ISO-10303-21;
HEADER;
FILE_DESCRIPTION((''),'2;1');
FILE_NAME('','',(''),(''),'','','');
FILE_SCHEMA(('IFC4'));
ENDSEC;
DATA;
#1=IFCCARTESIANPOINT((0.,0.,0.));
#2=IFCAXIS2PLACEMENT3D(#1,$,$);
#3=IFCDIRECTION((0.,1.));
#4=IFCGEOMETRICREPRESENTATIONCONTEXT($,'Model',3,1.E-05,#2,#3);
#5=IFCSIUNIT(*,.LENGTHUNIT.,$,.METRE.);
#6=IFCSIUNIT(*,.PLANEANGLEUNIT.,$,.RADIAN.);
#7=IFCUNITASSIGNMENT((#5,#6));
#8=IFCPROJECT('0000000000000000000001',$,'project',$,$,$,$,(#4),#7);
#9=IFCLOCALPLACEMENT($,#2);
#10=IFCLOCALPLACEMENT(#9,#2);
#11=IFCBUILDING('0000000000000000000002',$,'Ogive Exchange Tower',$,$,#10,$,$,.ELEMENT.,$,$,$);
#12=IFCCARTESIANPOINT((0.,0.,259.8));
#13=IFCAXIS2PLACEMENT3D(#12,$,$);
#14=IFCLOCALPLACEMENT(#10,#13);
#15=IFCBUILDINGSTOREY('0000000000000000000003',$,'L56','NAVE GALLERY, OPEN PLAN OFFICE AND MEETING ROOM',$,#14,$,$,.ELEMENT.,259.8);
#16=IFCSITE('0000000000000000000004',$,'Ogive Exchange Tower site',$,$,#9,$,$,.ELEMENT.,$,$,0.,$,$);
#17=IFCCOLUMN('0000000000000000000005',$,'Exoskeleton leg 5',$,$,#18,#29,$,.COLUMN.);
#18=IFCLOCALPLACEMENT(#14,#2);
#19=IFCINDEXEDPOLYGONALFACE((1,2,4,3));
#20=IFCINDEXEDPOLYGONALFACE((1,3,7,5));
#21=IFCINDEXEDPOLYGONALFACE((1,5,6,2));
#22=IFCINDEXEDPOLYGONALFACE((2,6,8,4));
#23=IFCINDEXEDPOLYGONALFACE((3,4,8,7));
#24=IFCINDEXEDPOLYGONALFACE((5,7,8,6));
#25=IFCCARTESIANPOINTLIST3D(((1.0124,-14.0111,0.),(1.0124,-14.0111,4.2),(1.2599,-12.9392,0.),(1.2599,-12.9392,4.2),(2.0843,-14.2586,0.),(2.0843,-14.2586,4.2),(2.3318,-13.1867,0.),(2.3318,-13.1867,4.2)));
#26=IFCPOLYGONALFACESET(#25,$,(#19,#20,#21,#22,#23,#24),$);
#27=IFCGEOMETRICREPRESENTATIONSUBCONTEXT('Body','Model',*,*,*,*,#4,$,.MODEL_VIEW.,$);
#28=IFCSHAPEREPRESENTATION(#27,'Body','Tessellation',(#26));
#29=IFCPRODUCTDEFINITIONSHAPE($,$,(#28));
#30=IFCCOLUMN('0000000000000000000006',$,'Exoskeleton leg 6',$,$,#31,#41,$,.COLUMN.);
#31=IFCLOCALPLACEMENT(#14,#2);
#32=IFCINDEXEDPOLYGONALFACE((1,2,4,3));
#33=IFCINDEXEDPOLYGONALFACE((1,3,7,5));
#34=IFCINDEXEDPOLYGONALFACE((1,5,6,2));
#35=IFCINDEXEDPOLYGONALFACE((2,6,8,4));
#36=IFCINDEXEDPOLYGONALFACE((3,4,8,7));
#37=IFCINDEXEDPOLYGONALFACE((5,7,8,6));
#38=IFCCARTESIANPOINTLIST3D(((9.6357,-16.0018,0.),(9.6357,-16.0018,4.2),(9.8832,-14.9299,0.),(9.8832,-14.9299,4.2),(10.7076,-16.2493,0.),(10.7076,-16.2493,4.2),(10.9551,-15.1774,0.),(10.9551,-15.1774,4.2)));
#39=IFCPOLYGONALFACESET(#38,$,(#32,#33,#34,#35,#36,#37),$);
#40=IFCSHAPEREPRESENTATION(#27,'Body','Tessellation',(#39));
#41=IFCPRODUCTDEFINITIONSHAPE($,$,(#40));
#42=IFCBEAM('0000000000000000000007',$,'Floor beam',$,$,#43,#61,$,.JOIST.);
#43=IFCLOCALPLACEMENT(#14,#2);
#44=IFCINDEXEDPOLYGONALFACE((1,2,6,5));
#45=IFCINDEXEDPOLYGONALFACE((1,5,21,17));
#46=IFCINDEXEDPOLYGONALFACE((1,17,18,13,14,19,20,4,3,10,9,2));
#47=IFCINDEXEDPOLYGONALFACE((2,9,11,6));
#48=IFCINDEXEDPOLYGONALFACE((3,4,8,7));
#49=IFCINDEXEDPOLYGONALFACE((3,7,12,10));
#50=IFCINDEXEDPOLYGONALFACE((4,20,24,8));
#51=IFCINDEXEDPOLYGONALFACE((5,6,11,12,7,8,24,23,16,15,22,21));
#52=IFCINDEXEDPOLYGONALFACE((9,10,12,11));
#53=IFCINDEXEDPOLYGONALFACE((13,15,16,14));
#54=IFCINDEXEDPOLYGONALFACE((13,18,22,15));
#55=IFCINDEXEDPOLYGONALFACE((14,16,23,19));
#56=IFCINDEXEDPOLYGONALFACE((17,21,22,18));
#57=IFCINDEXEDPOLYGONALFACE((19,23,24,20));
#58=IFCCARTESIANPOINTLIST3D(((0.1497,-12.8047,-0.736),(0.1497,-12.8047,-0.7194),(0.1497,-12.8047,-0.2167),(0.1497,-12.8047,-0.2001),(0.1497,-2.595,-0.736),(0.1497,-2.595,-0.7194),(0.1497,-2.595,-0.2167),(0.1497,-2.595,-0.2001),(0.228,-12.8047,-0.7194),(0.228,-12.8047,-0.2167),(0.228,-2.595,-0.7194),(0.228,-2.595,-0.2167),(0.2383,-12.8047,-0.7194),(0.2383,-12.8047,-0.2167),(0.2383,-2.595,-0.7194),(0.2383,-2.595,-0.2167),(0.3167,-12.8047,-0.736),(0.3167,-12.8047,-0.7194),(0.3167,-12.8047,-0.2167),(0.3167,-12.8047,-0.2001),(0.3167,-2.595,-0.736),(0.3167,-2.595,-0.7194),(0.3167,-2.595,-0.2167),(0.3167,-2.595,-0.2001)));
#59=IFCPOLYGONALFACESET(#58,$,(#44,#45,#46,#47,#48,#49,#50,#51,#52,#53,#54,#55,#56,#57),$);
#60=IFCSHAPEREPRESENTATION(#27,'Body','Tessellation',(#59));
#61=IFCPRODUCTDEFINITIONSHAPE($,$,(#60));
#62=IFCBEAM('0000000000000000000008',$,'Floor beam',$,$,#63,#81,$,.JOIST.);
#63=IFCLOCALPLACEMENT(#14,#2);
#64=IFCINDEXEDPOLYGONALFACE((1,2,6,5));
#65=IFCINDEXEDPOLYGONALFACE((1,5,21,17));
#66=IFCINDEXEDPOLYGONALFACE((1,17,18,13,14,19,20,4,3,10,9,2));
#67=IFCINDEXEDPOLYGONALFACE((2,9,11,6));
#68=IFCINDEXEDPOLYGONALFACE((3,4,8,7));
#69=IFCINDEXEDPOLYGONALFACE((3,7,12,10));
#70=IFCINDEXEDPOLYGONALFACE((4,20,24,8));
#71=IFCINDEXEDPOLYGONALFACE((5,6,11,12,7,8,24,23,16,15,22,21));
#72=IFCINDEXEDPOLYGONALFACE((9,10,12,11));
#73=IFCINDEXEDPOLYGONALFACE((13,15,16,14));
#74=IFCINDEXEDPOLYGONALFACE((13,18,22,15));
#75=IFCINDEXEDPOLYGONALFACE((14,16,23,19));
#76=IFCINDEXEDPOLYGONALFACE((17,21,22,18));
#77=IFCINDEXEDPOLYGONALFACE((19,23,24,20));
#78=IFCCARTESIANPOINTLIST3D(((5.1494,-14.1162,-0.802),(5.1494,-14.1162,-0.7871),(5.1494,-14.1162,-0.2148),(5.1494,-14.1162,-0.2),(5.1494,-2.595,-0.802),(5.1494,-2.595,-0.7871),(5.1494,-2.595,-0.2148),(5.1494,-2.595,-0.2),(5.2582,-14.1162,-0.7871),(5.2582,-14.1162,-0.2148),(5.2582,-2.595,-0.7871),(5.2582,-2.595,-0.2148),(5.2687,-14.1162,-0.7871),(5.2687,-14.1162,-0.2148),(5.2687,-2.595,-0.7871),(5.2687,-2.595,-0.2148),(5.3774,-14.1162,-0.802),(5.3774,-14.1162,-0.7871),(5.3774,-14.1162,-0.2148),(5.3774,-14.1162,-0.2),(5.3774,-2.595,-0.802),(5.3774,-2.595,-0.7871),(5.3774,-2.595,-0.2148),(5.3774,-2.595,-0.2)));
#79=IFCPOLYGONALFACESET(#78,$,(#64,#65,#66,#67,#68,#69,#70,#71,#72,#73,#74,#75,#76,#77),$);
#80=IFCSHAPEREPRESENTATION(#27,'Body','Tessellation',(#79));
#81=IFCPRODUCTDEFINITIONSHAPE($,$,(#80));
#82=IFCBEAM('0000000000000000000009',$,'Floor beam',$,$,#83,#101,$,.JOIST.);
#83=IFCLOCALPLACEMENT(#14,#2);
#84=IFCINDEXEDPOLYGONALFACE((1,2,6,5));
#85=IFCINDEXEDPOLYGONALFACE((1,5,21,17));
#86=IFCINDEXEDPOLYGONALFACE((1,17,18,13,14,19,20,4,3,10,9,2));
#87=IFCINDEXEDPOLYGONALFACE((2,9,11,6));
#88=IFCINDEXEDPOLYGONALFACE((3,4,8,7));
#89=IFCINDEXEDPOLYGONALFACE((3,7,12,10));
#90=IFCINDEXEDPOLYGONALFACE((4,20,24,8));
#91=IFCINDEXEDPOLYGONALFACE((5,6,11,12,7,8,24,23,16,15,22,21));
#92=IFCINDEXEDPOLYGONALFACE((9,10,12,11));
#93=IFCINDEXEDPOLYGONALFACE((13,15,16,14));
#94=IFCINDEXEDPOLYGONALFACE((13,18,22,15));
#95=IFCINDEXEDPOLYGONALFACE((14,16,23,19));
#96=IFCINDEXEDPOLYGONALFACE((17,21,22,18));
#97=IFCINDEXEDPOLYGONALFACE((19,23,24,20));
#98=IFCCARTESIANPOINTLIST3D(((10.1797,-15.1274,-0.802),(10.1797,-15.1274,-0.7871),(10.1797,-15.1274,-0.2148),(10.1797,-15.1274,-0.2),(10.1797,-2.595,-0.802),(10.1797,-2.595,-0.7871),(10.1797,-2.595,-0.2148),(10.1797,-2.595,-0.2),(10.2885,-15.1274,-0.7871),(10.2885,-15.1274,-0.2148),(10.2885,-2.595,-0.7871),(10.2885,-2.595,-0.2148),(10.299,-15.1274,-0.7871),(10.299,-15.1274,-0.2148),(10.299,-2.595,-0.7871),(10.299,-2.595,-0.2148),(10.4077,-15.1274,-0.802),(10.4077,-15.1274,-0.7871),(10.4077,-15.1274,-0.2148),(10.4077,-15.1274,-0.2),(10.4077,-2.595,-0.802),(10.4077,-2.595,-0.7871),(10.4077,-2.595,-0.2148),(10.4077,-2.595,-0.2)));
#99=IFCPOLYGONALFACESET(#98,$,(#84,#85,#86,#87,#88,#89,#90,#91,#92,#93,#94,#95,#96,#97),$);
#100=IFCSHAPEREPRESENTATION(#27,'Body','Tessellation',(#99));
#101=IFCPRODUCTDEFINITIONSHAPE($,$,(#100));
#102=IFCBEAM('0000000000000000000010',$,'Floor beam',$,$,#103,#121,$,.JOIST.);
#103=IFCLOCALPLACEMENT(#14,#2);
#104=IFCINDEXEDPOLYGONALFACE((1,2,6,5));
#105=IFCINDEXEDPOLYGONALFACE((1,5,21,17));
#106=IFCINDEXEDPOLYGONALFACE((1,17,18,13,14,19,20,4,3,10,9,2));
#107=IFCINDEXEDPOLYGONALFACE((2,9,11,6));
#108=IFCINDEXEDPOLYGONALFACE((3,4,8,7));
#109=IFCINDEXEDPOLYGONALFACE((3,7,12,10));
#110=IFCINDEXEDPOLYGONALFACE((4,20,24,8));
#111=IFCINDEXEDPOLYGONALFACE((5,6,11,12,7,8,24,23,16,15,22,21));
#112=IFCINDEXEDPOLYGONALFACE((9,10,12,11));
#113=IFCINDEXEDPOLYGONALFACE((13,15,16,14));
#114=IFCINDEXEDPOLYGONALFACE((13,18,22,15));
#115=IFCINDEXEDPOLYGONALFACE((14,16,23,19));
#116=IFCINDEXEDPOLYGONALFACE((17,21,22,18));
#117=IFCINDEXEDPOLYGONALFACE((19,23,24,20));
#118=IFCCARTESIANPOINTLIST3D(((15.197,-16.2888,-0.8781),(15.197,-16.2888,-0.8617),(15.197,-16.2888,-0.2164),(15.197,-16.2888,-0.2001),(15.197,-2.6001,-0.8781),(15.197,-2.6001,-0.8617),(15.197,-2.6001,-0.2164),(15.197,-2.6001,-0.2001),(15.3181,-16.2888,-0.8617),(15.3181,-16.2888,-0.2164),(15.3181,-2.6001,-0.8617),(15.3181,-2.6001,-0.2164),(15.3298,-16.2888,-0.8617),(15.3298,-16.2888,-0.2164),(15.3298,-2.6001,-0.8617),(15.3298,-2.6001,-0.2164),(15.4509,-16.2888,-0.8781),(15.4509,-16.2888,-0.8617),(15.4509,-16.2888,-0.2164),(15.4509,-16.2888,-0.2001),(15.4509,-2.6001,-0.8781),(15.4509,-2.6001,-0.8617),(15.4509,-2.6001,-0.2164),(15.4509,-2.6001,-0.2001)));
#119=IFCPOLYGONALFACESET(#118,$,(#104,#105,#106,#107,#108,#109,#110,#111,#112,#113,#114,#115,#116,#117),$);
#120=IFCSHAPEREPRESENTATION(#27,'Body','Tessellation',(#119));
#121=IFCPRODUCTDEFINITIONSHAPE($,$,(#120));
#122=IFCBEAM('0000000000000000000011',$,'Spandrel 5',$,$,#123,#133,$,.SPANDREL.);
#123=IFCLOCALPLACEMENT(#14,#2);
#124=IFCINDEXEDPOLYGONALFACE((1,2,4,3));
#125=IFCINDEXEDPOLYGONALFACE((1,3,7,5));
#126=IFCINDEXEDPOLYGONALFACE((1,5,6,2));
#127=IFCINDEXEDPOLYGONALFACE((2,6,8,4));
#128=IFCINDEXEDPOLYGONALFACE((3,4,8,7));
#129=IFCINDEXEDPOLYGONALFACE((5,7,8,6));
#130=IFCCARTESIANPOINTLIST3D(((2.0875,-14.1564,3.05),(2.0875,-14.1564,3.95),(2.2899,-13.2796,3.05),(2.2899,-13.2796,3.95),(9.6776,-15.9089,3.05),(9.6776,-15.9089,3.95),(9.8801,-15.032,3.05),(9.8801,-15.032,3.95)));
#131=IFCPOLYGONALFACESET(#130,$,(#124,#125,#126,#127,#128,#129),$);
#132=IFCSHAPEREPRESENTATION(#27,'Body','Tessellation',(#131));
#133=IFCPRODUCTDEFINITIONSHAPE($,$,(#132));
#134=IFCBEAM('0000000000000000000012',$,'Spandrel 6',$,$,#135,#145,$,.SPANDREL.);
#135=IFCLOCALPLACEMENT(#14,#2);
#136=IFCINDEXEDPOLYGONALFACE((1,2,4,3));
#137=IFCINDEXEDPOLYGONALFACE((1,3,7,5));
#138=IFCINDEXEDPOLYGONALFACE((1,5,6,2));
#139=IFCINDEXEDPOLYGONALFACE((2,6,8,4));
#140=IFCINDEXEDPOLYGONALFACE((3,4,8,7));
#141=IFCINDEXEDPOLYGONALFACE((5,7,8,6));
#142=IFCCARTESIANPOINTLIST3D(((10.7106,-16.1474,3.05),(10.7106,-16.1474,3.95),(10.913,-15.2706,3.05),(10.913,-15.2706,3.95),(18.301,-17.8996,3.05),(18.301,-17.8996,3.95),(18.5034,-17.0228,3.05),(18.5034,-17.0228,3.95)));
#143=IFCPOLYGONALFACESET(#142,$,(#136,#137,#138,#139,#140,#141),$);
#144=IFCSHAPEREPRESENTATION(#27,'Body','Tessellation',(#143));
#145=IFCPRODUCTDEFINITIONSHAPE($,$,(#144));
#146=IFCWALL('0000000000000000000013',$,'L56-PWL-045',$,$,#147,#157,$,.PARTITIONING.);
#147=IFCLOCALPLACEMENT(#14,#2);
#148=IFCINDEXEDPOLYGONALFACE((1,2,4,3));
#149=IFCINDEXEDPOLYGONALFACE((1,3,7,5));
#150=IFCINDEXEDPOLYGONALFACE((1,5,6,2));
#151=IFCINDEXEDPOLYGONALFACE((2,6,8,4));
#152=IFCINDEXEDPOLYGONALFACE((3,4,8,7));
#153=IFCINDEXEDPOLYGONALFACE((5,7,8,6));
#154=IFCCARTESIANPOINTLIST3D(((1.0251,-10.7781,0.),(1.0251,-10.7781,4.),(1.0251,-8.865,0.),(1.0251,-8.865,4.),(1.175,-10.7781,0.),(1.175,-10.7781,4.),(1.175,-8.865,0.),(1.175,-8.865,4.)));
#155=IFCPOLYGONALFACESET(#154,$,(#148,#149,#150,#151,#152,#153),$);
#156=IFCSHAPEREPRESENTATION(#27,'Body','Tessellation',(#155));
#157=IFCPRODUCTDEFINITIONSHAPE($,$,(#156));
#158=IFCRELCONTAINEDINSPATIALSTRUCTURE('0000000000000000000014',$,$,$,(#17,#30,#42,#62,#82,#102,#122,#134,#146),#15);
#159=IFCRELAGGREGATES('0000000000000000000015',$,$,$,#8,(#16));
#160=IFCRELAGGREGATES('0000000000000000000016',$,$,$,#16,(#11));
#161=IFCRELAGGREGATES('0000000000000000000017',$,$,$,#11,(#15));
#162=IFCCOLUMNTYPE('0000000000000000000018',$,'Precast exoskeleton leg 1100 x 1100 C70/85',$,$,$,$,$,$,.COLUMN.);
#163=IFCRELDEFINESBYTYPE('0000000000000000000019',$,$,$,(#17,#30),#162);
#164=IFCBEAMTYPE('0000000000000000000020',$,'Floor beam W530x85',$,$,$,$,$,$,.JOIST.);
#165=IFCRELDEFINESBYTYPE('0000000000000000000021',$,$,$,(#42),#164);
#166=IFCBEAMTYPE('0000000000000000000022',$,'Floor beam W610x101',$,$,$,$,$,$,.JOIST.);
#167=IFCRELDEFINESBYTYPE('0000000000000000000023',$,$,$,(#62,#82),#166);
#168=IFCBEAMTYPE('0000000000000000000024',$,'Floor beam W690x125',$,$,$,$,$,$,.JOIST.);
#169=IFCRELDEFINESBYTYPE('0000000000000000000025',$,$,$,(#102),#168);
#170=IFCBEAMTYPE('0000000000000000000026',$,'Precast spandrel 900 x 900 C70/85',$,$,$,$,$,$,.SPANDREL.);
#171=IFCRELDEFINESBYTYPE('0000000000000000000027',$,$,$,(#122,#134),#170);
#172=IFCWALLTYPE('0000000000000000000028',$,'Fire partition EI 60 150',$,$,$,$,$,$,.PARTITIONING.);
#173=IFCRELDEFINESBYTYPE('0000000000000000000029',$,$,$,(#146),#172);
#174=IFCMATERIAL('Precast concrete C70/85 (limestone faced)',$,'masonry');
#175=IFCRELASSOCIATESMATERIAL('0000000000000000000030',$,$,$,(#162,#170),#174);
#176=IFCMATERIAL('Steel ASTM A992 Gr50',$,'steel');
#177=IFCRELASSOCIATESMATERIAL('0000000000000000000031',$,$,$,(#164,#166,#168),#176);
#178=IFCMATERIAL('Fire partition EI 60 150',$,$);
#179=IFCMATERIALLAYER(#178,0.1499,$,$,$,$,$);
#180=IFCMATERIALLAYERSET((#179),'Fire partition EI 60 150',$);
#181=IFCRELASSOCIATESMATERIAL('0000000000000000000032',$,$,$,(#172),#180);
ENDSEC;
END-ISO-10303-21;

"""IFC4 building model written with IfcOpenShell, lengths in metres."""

from ifc_helpers import new_model, si_unit, direction, frame, frame_2d, origin, origin_2d, place, context, subcontext, project, spatial, rectangle, i_section, extrude, material, layer, layer_set, material_profile, profile_set, type_object, element, save


model = new_model("IFC4")

# Units and contexts
model_context = context("Model", 3, precision=1e-05, world=origin(), true_north=direction((0.0, 1.0)))
body_context = subcontext(model_context, "Body", "Model", "MODEL_VIEW")
ifc_project = project(units=[si_unit("LENGTHUNIT", "METRE"), si_unit("PLANEANGLEUNIT", "RADIAN")], contexts=[model_context])

# Site, building, storey
site_placement = place(None, origin())
site = spatial("IfcSite", under=ifc_project, at=site_placement, Name="Ogive Exchange Tower site", CompositionType="ELEMENT", RefElevation=0.0)
building_placement = place(site_placement, origin())
building = spatial("IfcBuilding", under=site, at=building_placement, Name="Ogive Exchange Tower", CompositionType="ELEMENT")
storey_placement = place(building_placement, frame((0.0, 0.0, 259.8)))
storey = spatial("IfcBuildingStorey", under=building, at=storey_placement, Name="L56", Description="NAVE GALLERY, OPEN PLAN OFFICE AND MEETING ROOM", CompositionType="ELEMENT", Elevation=259.8)

# Columns
ifc_material_1 = material(Name="Precast concrete C70/85 (limestone faced)", Category="masonry")
ifc_material_profile_1 = material_profile(ifc_material_1, rectangle(XDim=1.1001, YDim=1.1001, at=origin_2d()), Name="1100 x 1100")
ifc_profile_set_1 = profile_set([ifc_material_profile_1], Name="Precast concrete C70/85 (limestone faced)")
column_type = type_object("IfcColumnType", Name="Precast exoskeleton leg 1100 x 1100 C70/85", PredefinedType="COLUMN", material=ifc_profile_set_1)
for number, where, z_axis, x_axis, name in (
    (1, (1.6721, -13.5989, 0.0), (0.0, 0.0, 1.0), (0.97437, -0.224951, 0.0), "Exoskeleton leg 5"),
    (2, (10.2954, -15.5896, 0.0), (0.0, 0.0, 1.0), (0.97437, -0.224951, 0.0), "Exoskeleton leg 6"),
):
    element("IfcColumn", number, at=place(storey_placement, frame(where, z_axis=z_axis, x_axis=x_axis)), inside=storey, type_object=column_type, Name=name, PredefinedType="COLUMN", context=body_context, shape_type="SweptSolid", body=[
        extrude(rectangle(XDim=1.1001, YDim=1.1001, at=origin_2d()), origin(), (0.0, 0.0, 1.0), 4.2),
    ])

# Beams
ifc_material_2 = material(Name="Steel ASTM A992 Gr50", Category="steel")
ifc_material_profile_2 = material_profile(ifc_material_2, i_section(OverallWidth=0.167, OverallDepth=0.5359, WebThickness=0.0103, FlangeThickness=0.0166, at=origin_2d()), Name="W530x85")
ifc_profile_set_2 = profile_set([ifc_material_profile_2], Name="Steel ASTM A992 Gr50")
beam_type_1 = type_object("IfcBeamType", Name="Floor beam W530x85", PredefinedType="JOIST", material=ifc_profile_set_2)
beam_1_placement = place(storey_placement, frame((0.2332, -12.8047, -0.468), z_axis=(0.0, 1.0, 0.0), x_axis=(-1.0, 0.0, 0.0)))
element("IfcBeam", 3, at=beam_1_placement, inside=storey, type_object=beam_type_1, Name="Floor beam", PredefinedType="JOIST", context=body_context, shape_type="SweptSolid", body=[
    extrude(i_section(OverallWidth=0.167, OverallDepth=0.5359, WebThickness=0.0103, FlangeThickness=0.0166, at=origin_2d()), origin(), (0.0, 0.0, 1.0), 10.2097),
])
ifc_material_profile_3 = material_profile(ifc_material_2, i_section(OverallWidth=0.228, OverallDepth=0.6021, WebThickness=0.0105, FlangeThickness=0.0149, at=origin_2d()), Name="W610x101")
ifc_profile_set_3 = profile_set([ifc_material_profile_3], Name="Steel ASTM A992 Gr50")
beam_type_2 = type_object("IfcBeamType", Name="Floor beam W610x101", PredefinedType="JOIST", material=ifc_profile_set_3)
beam_2_placement = place(storey_placement, frame((5.2634, -14.1162, -0.501), z_axis=(0.0, 1.0, 0.0), x_axis=(-1.0, 0.0, 0.0)))
element("IfcBeam", 4, at=beam_2_placement, inside=storey, type_object=beam_type_2, Name="Floor beam", PredefinedType="JOIST", context=body_context, shape_type="SweptSolid", body=[
    extrude(i_section(OverallWidth=0.228, OverallDepth=0.6021, WebThickness=0.0105, FlangeThickness=0.0149, at=origin_2d()), origin(), (0.0, 0.0, 1.0), 11.5212),
])
beam_3_placement = place(storey_placement, frame((10.2937, -15.1274, -0.501), z_axis=(0.0, 1.0, 0.0), x_axis=(-1.0, 0.0, 0.0)))
element("IfcBeam", 5, at=beam_3_placement, inside=storey, type_object=beam_type_2, Name="Floor beam", PredefinedType="JOIST", context=body_context, shape_type="SweptSolid", body=[
    extrude(i_section(OverallWidth=0.228, OverallDepth=0.6021, WebThickness=0.0105, FlangeThickness=0.0149, at=origin_2d()), origin(), (0.0, 0.0, 1.0), 12.5325),
])
ifc_material_profile_4 = material_profile(ifc_material_2, i_section(OverallWidth=0.2539, OverallDepth=0.678, WebThickness=0.0117, FlangeThickness=0.0164, at=origin_2d()), Name="W690x125")
ifc_profile_set_4 = profile_set([ifc_material_profile_4], Name="Steel ASTM A992 Gr50")
beam_type_3 = type_object("IfcBeamType", Name="Floor beam W690x125", PredefinedType="JOIST", material=ifc_profile_set_4)
beam_4_placement = place(storey_placement, frame((15.324, -16.2888, -0.5391), z_axis=(0.0, 1.0, 0.0), x_axis=(-1.0, 0.0, 0.0)))
element("IfcBeam", 6, at=beam_4_placement, inside=storey, type_object=beam_type_3, Name="Floor beam", PredefinedType="JOIST", context=body_context, shape_type="SweptSolid", body=[
    extrude(i_section(OverallWidth=0.2539, OverallDepth=0.678, WebThickness=0.0117, FlangeThickness=0.0164, at=origin_2d()), origin(), (0.0, 0.0, 1.0), 13.6887),
])
ifc_material_profile_5 = material_profile(ifc_material_1, rectangle(XDim=0.8999, YDim=0.8999, at=origin_2d()), Name="900 x 900")
ifc_profile_set_5 = profile_set([ifc_material_profile_5], Name="Precast concrete C70/85 (limestone faced)")
beam_type_4 = type_object("IfcBeamType", Name="Precast spandrel 900 x 900 C70/85", PredefinedType="SPANDREL", material=ifc_profile_set_5)
beam_5_placement = place(storey_placement, frame((2.1887, -13.718, 3.5), z_axis=(0.974366, -0.224967, 0.0), x_axis=(0.224967, 0.974366, 0.0)))
element("IfcBeam", 7, at=beam_5_placement, inside=storey, type_object=beam_type_4, Name="Spandrel 5", PredefinedType="SPANDREL", context=body_context, shape_type="SweptSolid", body=[
    extrude(rectangle(XDim=0.8999, YDim=0.8999, at=origin_2d()), origin(), (0.0, 0.0, 1.0), 7.7898),
])
beam_6_placement = place(storey_placement, frame((10.8118, -15.709, 3.5), z_axis=(0.974375, -0.22493, 0.0), x_axis=(0.22493, 0.974375, 0.0)))
element("IfcBeam", 8, at=beam_6_placement, inside=storey, type_object=beam_type_4, Name="Spandrel 6", PredefinedType="SPANDREL", context=body_context, shape_type="SweptSolid", body=[
    extrude(rectangle(XDim=0.8999, YDim=0.8999, at=origin_2d()), origin(), (0.0, 0.0, 1.0), 7.79),
])

# Wall
ifc_material_3 = material(Name="Fire partition EI 60 150")
ifc_layer_1 = layer(ifc_material_3, 0.1499)
ifc_layer_set_1 = layer_set([ifc_layer_1], Name="Fire partition EI 60 150")
wall_type_1 = type_object("IfcWallType", Name="Fire partition EI 60 150", PredefinedType="PARTITIONING", material=ifc_layer_set_1)
wall_1_placement = place(storey_placement, frame((1.1001, -8.865, 0.0), z_axis=(0.0, 0.0, 1.0), x_axis=(0.0, -1.0, 0.0)))
element("IfcWall", 9, at=wall_1_placement, inside=storey, type_object=wall_type_1, Name="L56-PWL-045", PredefinedType="PARTITIONING", context=body_context, shape_type="SweptSolid", body=[
    extrude(rectangle(XDim=1.9131, YDim=0.1499, at=frame_2d((0.9565, 0.0))), origin(), (0.0, 0.0, 1.0), 4.0),
])

save(model, "model.ifc")
